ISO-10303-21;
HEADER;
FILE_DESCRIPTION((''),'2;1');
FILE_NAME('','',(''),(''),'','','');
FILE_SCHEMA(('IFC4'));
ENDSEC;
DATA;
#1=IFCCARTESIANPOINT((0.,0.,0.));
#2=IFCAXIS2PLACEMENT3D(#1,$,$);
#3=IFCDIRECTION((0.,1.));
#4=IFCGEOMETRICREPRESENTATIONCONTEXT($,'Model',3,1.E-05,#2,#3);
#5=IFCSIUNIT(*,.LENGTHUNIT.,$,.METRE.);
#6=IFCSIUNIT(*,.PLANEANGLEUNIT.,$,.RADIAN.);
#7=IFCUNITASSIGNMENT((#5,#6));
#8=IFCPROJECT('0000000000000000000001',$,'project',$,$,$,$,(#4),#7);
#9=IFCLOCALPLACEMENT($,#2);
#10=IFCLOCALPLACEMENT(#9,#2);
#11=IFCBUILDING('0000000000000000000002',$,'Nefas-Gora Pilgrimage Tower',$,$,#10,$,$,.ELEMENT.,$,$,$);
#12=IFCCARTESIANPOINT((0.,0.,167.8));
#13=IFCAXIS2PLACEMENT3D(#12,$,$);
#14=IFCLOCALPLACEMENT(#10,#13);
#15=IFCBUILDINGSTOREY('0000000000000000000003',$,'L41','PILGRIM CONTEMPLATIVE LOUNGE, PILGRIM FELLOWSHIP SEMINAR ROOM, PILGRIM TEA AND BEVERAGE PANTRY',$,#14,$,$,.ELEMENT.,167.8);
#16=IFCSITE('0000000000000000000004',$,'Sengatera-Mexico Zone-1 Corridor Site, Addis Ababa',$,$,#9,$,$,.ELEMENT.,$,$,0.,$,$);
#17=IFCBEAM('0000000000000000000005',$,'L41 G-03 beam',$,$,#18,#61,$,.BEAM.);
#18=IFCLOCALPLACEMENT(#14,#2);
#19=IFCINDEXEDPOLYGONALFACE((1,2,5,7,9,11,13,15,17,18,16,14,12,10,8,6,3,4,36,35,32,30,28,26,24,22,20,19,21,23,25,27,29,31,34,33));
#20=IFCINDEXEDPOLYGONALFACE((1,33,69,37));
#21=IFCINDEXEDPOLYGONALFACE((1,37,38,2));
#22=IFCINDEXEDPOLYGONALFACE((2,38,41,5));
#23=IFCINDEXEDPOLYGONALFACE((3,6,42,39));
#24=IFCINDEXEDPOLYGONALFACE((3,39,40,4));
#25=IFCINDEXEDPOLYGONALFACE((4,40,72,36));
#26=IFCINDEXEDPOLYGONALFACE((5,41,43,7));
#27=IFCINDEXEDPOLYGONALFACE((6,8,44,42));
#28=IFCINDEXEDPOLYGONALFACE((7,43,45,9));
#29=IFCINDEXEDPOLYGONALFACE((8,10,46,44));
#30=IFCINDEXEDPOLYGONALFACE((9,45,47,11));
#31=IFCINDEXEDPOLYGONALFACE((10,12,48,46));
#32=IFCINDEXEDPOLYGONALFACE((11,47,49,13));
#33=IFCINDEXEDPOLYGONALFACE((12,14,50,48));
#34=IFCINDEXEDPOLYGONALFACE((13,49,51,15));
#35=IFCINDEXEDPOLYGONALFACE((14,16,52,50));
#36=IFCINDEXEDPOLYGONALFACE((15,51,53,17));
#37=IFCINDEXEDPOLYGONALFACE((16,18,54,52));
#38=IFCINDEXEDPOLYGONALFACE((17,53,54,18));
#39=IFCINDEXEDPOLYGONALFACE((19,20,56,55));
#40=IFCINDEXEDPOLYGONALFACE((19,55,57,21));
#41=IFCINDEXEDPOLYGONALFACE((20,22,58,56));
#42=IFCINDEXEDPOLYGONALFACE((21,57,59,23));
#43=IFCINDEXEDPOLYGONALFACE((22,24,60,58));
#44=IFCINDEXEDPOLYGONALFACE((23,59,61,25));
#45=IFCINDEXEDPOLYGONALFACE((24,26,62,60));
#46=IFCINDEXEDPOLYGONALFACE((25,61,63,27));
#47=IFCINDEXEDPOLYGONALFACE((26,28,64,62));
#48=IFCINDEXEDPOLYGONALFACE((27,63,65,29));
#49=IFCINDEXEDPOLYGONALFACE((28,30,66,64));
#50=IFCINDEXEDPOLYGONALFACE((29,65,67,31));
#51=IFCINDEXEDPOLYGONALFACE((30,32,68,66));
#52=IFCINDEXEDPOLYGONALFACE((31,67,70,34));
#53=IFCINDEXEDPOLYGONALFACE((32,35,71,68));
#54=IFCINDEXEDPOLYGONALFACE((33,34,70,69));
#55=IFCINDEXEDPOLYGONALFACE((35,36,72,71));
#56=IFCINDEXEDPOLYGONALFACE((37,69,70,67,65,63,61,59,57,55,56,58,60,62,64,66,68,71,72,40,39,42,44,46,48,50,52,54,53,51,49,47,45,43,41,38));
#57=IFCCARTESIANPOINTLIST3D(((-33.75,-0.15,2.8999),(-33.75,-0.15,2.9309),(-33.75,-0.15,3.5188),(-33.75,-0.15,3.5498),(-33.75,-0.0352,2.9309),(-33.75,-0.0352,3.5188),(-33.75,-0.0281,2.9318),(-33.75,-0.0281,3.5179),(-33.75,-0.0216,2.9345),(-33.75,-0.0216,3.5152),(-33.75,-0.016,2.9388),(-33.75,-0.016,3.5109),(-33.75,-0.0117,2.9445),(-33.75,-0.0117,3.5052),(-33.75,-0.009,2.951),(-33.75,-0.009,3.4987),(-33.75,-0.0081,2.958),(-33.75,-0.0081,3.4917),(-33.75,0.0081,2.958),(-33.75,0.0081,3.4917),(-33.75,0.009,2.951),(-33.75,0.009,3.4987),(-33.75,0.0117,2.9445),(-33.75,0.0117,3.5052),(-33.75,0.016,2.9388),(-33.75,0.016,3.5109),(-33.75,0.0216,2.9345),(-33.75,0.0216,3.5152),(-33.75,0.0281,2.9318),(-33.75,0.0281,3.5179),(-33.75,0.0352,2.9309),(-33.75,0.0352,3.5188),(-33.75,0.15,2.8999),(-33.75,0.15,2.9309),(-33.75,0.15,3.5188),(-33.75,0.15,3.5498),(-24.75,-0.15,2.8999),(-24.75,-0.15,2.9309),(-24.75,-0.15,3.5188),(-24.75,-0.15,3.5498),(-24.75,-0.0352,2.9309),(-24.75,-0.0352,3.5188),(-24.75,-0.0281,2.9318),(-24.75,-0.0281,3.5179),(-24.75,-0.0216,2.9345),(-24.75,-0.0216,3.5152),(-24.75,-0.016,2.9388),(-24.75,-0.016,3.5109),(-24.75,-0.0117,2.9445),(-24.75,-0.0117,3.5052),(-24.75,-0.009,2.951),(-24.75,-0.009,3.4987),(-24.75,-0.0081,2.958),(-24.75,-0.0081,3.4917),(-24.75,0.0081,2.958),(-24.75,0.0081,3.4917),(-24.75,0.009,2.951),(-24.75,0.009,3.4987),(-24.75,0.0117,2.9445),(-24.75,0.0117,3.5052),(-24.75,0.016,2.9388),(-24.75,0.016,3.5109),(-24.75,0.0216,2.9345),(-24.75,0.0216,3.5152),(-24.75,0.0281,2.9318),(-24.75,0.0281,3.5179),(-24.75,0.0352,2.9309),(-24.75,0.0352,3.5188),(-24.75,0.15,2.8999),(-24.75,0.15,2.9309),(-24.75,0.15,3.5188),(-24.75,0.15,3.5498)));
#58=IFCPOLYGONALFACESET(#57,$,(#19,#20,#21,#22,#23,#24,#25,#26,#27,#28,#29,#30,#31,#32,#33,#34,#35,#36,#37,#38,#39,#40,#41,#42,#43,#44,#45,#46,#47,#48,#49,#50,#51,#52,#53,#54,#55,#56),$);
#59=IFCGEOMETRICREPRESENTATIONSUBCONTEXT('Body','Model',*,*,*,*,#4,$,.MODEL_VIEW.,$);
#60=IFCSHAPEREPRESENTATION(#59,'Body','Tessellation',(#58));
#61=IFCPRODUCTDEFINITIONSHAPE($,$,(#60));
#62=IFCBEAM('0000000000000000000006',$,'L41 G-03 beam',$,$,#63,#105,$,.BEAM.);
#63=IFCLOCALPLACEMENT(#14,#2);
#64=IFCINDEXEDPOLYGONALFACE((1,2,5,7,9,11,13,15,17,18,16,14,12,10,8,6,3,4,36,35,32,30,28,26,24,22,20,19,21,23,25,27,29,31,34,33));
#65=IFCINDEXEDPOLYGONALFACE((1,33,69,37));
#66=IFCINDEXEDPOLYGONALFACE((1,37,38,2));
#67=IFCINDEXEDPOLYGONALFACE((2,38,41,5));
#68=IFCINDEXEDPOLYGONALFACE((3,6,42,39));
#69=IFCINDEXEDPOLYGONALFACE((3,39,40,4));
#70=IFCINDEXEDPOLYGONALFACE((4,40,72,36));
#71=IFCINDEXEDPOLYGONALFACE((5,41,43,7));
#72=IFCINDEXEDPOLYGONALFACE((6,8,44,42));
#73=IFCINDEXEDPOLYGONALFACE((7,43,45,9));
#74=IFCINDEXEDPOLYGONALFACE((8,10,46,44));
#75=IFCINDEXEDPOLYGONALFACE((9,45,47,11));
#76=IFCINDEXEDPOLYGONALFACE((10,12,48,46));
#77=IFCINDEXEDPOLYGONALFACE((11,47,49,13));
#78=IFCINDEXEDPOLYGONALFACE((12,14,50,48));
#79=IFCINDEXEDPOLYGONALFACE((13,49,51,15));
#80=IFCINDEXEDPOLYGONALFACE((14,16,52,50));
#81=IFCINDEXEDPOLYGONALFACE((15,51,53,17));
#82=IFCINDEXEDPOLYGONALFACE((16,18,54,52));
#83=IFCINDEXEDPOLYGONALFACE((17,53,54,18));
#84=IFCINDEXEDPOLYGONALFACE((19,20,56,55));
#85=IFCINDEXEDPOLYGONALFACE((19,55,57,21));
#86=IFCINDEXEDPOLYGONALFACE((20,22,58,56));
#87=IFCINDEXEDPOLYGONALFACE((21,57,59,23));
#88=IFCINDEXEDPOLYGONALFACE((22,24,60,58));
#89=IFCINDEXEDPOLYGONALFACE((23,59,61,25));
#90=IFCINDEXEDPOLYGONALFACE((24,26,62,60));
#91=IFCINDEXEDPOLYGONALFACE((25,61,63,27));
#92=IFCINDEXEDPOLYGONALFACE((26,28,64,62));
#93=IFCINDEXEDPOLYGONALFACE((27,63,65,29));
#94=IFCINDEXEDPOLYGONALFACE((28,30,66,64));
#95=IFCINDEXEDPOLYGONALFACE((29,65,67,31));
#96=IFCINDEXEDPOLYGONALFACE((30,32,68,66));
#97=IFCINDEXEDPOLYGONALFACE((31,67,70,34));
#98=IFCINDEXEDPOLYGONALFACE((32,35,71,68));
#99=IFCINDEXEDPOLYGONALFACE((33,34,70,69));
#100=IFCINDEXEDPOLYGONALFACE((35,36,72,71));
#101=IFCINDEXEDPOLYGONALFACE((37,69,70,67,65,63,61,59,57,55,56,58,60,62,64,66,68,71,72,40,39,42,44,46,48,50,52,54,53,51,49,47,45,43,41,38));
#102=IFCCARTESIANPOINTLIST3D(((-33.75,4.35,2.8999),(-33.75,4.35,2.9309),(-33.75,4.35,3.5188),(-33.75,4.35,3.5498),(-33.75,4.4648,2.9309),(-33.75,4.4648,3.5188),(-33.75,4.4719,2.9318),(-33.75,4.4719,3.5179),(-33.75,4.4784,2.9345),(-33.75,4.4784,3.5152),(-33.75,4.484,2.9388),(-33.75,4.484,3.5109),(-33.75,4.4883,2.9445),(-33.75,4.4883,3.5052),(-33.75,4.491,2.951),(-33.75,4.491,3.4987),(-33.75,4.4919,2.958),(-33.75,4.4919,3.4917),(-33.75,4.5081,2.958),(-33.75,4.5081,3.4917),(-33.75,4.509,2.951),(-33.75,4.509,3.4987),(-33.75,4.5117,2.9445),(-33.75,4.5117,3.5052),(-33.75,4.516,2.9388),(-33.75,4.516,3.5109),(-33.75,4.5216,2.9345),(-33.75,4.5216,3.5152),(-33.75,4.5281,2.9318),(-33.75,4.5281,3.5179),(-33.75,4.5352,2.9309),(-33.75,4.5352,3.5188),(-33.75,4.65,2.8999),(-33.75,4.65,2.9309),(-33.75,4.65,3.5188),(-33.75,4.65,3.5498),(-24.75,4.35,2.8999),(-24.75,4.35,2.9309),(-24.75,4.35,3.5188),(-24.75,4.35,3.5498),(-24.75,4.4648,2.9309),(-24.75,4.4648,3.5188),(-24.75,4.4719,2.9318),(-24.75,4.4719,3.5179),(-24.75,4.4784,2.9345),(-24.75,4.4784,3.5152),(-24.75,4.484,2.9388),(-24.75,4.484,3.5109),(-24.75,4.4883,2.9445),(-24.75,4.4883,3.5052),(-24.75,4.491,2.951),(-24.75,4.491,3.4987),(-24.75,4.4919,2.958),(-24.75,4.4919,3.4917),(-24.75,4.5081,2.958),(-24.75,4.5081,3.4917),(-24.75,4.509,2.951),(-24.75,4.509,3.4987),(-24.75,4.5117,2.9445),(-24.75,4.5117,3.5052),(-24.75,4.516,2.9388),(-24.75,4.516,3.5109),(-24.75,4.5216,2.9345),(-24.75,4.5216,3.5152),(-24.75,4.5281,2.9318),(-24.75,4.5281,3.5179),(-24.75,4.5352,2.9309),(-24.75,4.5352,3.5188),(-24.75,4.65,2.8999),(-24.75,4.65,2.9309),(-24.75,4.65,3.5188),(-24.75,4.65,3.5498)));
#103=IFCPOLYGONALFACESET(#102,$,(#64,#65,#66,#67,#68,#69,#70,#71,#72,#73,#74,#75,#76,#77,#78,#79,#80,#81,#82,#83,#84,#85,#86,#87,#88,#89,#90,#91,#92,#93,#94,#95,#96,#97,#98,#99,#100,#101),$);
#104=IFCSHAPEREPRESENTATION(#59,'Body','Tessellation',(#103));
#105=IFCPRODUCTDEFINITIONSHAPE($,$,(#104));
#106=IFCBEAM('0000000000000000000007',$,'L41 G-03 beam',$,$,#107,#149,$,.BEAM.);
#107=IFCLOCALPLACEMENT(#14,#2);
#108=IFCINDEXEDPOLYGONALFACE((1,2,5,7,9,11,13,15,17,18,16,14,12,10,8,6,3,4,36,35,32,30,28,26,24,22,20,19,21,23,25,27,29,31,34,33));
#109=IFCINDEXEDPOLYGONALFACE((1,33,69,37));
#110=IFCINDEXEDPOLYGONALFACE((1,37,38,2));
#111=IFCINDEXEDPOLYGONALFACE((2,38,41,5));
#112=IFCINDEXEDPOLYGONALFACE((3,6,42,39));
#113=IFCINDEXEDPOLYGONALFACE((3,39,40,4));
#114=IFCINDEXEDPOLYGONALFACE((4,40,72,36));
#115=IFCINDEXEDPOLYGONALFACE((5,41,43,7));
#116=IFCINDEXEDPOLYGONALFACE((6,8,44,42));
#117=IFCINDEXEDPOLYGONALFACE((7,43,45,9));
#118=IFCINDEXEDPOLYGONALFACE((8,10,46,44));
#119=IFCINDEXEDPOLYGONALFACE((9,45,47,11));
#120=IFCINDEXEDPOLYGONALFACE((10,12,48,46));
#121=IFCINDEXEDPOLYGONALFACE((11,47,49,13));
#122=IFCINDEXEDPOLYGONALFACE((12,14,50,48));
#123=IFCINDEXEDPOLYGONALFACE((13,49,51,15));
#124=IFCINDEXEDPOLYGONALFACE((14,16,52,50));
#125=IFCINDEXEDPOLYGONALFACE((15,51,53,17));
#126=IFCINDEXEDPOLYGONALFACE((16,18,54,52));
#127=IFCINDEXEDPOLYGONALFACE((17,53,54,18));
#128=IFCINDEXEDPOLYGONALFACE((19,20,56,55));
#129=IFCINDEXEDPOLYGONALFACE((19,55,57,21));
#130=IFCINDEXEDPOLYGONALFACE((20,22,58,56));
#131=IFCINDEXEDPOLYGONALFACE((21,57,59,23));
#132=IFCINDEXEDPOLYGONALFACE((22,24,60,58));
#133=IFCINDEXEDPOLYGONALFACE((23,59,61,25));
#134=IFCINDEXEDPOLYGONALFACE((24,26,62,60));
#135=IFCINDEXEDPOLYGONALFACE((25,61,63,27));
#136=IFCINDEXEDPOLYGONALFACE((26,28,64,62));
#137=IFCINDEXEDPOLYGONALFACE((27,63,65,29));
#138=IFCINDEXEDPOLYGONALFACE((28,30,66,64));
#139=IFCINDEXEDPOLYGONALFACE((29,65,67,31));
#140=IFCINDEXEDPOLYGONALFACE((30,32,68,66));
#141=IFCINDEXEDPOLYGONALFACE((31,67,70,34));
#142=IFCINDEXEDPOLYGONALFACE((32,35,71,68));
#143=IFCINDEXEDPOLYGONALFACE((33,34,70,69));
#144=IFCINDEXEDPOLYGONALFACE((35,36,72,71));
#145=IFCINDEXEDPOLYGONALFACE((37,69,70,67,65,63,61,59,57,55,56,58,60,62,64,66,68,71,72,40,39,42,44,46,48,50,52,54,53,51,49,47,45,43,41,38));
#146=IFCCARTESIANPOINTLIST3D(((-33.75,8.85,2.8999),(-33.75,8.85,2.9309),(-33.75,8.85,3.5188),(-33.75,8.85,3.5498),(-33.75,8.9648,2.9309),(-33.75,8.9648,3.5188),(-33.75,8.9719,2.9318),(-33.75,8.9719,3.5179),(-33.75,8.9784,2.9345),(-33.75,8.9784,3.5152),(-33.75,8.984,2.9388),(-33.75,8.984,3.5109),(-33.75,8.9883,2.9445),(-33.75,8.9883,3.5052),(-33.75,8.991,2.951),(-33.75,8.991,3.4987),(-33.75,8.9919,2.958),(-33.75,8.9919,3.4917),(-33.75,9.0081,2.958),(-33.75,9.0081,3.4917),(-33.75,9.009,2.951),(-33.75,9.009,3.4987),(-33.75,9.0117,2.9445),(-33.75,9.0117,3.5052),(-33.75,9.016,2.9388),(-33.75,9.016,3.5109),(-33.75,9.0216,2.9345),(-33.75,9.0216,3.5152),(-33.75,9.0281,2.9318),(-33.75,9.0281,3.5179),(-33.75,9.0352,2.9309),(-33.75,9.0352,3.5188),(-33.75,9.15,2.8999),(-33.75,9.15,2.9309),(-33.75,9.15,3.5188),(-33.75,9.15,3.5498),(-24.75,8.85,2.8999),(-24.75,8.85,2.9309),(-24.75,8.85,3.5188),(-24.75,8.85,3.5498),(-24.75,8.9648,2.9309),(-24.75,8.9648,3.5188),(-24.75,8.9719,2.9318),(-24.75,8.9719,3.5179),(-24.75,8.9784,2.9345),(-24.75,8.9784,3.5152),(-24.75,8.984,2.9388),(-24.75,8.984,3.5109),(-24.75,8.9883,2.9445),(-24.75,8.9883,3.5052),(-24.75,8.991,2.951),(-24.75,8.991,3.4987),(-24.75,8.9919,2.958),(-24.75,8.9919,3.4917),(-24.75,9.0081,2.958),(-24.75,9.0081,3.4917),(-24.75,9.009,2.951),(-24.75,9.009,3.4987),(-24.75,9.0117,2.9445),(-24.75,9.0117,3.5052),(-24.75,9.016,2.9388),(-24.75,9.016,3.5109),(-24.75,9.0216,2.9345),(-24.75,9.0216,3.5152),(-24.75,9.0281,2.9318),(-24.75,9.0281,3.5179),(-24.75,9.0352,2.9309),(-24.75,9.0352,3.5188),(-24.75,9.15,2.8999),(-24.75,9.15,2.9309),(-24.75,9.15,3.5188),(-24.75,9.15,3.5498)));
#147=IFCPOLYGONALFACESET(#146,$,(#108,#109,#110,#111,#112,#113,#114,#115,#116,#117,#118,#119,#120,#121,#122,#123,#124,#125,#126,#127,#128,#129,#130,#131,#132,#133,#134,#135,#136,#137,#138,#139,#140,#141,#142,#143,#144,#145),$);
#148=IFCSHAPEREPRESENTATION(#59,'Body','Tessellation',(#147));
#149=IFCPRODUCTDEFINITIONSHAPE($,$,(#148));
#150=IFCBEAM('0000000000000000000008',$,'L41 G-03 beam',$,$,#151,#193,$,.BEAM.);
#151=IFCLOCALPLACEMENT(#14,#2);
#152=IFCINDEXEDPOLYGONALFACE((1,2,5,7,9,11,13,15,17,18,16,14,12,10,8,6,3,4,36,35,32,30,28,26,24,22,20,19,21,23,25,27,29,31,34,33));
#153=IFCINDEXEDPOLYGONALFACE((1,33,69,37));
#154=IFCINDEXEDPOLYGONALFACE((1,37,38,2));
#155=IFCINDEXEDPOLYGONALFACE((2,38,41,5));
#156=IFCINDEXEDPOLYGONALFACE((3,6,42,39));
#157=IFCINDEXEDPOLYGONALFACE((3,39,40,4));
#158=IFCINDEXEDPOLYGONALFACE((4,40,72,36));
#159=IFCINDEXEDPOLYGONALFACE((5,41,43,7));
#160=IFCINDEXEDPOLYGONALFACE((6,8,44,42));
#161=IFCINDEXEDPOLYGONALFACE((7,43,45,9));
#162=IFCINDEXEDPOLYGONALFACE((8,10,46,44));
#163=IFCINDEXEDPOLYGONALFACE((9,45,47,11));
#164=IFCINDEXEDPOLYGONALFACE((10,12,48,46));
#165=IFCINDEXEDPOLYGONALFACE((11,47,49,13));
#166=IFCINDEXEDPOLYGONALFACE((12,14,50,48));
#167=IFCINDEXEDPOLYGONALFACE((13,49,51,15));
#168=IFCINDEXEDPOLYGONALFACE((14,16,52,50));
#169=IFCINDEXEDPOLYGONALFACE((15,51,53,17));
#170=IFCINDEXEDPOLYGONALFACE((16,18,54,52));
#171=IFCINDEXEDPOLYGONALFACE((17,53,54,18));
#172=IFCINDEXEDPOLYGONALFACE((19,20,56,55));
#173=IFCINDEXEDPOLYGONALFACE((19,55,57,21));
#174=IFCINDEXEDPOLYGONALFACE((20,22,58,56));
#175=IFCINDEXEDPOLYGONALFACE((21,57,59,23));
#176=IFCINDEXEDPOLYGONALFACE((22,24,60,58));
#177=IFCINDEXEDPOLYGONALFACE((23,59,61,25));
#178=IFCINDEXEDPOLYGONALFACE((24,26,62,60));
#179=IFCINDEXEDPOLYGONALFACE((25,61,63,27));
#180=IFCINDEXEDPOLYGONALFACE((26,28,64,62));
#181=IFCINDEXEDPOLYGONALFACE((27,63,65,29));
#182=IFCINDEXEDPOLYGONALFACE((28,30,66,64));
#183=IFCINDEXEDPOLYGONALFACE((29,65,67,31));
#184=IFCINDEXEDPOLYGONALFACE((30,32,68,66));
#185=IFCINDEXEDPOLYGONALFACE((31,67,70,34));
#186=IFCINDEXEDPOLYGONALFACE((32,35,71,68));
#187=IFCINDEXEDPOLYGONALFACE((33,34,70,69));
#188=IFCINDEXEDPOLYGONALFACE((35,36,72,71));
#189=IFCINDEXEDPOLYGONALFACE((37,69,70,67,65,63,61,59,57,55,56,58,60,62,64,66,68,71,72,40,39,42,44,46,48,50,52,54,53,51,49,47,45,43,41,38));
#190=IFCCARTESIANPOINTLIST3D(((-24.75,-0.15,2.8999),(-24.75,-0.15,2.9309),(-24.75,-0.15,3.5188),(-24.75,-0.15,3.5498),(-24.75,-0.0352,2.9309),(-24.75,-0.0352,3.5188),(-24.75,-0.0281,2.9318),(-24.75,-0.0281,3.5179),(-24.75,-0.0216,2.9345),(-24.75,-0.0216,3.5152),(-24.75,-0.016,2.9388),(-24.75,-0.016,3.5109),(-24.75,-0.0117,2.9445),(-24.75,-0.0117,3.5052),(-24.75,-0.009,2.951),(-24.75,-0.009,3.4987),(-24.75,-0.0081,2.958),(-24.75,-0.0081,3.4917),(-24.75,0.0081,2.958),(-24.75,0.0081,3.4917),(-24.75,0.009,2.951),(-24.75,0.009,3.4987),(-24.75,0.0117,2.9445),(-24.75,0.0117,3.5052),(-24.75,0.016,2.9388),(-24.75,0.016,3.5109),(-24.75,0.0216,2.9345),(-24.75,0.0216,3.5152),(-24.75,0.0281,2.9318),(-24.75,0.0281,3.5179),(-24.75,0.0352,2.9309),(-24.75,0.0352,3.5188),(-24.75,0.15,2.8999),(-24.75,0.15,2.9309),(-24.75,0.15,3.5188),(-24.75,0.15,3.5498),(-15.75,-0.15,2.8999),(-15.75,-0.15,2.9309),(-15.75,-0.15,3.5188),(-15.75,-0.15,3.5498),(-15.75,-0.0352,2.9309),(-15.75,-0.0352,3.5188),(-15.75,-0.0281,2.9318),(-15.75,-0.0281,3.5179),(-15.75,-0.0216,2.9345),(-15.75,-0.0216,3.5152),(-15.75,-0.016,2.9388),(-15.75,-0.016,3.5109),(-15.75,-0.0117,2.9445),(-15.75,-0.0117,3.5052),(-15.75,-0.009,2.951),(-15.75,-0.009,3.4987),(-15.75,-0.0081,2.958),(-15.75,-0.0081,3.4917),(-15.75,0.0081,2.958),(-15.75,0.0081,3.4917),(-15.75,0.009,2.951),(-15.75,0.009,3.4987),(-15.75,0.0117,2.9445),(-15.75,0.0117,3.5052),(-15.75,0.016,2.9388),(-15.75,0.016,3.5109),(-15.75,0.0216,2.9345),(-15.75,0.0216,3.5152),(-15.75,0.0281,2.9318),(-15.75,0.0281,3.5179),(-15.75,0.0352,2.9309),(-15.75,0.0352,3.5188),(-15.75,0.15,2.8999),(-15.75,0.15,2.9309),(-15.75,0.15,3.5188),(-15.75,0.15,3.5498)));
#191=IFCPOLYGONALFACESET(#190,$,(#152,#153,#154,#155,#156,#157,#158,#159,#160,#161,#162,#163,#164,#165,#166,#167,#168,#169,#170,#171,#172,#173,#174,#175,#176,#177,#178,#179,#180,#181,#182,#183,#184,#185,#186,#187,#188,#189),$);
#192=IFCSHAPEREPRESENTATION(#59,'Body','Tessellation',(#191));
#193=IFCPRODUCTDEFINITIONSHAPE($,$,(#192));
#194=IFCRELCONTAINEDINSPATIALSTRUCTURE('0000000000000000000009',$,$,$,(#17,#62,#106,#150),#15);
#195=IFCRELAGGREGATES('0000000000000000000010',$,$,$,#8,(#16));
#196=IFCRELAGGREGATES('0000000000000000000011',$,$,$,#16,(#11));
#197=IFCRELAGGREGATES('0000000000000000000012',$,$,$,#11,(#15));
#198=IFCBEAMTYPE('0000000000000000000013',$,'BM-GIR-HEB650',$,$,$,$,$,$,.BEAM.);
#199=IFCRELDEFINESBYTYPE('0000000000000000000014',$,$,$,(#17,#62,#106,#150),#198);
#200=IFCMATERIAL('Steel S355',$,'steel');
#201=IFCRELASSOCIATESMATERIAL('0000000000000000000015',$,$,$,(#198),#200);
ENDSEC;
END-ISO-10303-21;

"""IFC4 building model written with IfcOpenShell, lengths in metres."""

from ifc_helpers import new_model, si_unit, direction, frame, origin, origin_2d, place, context, subcontext, project, spatial, i_section, extrude, source, transform, mapped, material, material_profile, profile_set, type_object, element, save


model = new_model("IFC4")

# Units and contexts
model_context = context("Model", 3, precision=1e-05, world=origin(), true_north=direction((0.0, 1.0)))
body_context = subcontext(model_context, "Body", "Model", "MODEL_VIEW")
ifc_project = project(units=[si_unit("LENGTHUNIT", "METRE"), si_unit("PLANEANGLEUNIT", "RADIAN")], contexts=[model_context])

# Site, building, storey
site_placement = place(None, origin())
site = spatial("IfcSite", under=ifc_project, at=site_placement, Name="Sengatera-Mexico Zone-1 Corridor Site, Addis Ababa", CompositionType="ELEMENT", RefElevation=0.0)
building_placement = place(site_placement, origin())
building = spatial("IfcBuilding", under=site, at=building_placement, Name="Nefas-Gora Pilgrimage Tower", CompositionType="ELEMENT")
storey_placement = place(building_placement, frame((0.0, 0.0, 167.8)))
storey = spatial("IfcBuildingStorey", under=building, at=storey_placement, Name="L41", Description="PILGRIM CONTEMPLATIVE LOUNGE, PILGRIM FELLOWSHIP SEMINAR ROOM, PILGRIM TEA AND BEVERAGE PANTRY", CompositionType="ELEMENT", Elevation=167.8)

# Beams
ifc_material_1 = material(Name="Steel S355", Category="steel")
ifc_material_profile_1 = material_profile(ifc_material_1, i_section(OverallWidth=0.3, OverallDepth=0.6499, WebThickness=0.0161, FlangeThickness=0.031, FilletRadius=0.0271, at=origin_2d()), Name="HEB 650")
ifc_profile_set_1 = profile_set([ifc_material_profile_1], Name="Steel S355")
beam_type_1 = type_object("IfcBeamType", Name="BM-GIR-HEB650", PredefinedType="BEAM", material=ifc_profile_set_1)
shared_shape_1 = source(origin(), body_context, "Body", "SweptSolid", [
    extrude(i_section(OverallWidth=0.3, OverallDepth=0.6499, WebThickness=0.0161, FlangeThickness=0.031, FilletRadius=0.0271, at=origin_2d()), origin(), (0.0, 0.0, 1.0), 9.0),
])
for number, where, z_axis, x_axis, name in (
    (1, (-33.75, 0.0, 3.2249), (1.0, 0.0, 0.0), (0.0, 1.0, 0.0), "L41 G-03 beam"),
    (2, (-33.75, 4.5, 3.2249), (1.0, 0.0, 0.0), (0.0, 1.0, 0.0), "L41 G-03 beam"),
    (3, (-33.75, 9.0, 3.2249), (1.0, 0.0, 0.0), (0.0, 1.0, 0.0), "L41 G-03 beam"),
    (4, (-24.75, 0.0, 3.2249), (1.0, 0.0, 0.0), (0.0, 1.0, 0.0), "L41 G-03 beam"),
):
    element("IfcBeam", number, at=place(storey_placement, frame(where, z_axis=z_axis, x_axis=x_axis)), inside=storey, type_object=beam_type_1, Name=name, PredefinedType="BEAM", context=body_context, shape_type="MappedRepresentation", body=[
        mapped(shared_shape_1, transform((0.0, 0.0, 0.0), x_axis=(1.0, 0.0, 0.0), y_axis=(0.0, 1.0, 0.0), z_axis=(0.0, 0.0, 1.0), scale=1.0)),
    ])

save(model, "model.ifc")
